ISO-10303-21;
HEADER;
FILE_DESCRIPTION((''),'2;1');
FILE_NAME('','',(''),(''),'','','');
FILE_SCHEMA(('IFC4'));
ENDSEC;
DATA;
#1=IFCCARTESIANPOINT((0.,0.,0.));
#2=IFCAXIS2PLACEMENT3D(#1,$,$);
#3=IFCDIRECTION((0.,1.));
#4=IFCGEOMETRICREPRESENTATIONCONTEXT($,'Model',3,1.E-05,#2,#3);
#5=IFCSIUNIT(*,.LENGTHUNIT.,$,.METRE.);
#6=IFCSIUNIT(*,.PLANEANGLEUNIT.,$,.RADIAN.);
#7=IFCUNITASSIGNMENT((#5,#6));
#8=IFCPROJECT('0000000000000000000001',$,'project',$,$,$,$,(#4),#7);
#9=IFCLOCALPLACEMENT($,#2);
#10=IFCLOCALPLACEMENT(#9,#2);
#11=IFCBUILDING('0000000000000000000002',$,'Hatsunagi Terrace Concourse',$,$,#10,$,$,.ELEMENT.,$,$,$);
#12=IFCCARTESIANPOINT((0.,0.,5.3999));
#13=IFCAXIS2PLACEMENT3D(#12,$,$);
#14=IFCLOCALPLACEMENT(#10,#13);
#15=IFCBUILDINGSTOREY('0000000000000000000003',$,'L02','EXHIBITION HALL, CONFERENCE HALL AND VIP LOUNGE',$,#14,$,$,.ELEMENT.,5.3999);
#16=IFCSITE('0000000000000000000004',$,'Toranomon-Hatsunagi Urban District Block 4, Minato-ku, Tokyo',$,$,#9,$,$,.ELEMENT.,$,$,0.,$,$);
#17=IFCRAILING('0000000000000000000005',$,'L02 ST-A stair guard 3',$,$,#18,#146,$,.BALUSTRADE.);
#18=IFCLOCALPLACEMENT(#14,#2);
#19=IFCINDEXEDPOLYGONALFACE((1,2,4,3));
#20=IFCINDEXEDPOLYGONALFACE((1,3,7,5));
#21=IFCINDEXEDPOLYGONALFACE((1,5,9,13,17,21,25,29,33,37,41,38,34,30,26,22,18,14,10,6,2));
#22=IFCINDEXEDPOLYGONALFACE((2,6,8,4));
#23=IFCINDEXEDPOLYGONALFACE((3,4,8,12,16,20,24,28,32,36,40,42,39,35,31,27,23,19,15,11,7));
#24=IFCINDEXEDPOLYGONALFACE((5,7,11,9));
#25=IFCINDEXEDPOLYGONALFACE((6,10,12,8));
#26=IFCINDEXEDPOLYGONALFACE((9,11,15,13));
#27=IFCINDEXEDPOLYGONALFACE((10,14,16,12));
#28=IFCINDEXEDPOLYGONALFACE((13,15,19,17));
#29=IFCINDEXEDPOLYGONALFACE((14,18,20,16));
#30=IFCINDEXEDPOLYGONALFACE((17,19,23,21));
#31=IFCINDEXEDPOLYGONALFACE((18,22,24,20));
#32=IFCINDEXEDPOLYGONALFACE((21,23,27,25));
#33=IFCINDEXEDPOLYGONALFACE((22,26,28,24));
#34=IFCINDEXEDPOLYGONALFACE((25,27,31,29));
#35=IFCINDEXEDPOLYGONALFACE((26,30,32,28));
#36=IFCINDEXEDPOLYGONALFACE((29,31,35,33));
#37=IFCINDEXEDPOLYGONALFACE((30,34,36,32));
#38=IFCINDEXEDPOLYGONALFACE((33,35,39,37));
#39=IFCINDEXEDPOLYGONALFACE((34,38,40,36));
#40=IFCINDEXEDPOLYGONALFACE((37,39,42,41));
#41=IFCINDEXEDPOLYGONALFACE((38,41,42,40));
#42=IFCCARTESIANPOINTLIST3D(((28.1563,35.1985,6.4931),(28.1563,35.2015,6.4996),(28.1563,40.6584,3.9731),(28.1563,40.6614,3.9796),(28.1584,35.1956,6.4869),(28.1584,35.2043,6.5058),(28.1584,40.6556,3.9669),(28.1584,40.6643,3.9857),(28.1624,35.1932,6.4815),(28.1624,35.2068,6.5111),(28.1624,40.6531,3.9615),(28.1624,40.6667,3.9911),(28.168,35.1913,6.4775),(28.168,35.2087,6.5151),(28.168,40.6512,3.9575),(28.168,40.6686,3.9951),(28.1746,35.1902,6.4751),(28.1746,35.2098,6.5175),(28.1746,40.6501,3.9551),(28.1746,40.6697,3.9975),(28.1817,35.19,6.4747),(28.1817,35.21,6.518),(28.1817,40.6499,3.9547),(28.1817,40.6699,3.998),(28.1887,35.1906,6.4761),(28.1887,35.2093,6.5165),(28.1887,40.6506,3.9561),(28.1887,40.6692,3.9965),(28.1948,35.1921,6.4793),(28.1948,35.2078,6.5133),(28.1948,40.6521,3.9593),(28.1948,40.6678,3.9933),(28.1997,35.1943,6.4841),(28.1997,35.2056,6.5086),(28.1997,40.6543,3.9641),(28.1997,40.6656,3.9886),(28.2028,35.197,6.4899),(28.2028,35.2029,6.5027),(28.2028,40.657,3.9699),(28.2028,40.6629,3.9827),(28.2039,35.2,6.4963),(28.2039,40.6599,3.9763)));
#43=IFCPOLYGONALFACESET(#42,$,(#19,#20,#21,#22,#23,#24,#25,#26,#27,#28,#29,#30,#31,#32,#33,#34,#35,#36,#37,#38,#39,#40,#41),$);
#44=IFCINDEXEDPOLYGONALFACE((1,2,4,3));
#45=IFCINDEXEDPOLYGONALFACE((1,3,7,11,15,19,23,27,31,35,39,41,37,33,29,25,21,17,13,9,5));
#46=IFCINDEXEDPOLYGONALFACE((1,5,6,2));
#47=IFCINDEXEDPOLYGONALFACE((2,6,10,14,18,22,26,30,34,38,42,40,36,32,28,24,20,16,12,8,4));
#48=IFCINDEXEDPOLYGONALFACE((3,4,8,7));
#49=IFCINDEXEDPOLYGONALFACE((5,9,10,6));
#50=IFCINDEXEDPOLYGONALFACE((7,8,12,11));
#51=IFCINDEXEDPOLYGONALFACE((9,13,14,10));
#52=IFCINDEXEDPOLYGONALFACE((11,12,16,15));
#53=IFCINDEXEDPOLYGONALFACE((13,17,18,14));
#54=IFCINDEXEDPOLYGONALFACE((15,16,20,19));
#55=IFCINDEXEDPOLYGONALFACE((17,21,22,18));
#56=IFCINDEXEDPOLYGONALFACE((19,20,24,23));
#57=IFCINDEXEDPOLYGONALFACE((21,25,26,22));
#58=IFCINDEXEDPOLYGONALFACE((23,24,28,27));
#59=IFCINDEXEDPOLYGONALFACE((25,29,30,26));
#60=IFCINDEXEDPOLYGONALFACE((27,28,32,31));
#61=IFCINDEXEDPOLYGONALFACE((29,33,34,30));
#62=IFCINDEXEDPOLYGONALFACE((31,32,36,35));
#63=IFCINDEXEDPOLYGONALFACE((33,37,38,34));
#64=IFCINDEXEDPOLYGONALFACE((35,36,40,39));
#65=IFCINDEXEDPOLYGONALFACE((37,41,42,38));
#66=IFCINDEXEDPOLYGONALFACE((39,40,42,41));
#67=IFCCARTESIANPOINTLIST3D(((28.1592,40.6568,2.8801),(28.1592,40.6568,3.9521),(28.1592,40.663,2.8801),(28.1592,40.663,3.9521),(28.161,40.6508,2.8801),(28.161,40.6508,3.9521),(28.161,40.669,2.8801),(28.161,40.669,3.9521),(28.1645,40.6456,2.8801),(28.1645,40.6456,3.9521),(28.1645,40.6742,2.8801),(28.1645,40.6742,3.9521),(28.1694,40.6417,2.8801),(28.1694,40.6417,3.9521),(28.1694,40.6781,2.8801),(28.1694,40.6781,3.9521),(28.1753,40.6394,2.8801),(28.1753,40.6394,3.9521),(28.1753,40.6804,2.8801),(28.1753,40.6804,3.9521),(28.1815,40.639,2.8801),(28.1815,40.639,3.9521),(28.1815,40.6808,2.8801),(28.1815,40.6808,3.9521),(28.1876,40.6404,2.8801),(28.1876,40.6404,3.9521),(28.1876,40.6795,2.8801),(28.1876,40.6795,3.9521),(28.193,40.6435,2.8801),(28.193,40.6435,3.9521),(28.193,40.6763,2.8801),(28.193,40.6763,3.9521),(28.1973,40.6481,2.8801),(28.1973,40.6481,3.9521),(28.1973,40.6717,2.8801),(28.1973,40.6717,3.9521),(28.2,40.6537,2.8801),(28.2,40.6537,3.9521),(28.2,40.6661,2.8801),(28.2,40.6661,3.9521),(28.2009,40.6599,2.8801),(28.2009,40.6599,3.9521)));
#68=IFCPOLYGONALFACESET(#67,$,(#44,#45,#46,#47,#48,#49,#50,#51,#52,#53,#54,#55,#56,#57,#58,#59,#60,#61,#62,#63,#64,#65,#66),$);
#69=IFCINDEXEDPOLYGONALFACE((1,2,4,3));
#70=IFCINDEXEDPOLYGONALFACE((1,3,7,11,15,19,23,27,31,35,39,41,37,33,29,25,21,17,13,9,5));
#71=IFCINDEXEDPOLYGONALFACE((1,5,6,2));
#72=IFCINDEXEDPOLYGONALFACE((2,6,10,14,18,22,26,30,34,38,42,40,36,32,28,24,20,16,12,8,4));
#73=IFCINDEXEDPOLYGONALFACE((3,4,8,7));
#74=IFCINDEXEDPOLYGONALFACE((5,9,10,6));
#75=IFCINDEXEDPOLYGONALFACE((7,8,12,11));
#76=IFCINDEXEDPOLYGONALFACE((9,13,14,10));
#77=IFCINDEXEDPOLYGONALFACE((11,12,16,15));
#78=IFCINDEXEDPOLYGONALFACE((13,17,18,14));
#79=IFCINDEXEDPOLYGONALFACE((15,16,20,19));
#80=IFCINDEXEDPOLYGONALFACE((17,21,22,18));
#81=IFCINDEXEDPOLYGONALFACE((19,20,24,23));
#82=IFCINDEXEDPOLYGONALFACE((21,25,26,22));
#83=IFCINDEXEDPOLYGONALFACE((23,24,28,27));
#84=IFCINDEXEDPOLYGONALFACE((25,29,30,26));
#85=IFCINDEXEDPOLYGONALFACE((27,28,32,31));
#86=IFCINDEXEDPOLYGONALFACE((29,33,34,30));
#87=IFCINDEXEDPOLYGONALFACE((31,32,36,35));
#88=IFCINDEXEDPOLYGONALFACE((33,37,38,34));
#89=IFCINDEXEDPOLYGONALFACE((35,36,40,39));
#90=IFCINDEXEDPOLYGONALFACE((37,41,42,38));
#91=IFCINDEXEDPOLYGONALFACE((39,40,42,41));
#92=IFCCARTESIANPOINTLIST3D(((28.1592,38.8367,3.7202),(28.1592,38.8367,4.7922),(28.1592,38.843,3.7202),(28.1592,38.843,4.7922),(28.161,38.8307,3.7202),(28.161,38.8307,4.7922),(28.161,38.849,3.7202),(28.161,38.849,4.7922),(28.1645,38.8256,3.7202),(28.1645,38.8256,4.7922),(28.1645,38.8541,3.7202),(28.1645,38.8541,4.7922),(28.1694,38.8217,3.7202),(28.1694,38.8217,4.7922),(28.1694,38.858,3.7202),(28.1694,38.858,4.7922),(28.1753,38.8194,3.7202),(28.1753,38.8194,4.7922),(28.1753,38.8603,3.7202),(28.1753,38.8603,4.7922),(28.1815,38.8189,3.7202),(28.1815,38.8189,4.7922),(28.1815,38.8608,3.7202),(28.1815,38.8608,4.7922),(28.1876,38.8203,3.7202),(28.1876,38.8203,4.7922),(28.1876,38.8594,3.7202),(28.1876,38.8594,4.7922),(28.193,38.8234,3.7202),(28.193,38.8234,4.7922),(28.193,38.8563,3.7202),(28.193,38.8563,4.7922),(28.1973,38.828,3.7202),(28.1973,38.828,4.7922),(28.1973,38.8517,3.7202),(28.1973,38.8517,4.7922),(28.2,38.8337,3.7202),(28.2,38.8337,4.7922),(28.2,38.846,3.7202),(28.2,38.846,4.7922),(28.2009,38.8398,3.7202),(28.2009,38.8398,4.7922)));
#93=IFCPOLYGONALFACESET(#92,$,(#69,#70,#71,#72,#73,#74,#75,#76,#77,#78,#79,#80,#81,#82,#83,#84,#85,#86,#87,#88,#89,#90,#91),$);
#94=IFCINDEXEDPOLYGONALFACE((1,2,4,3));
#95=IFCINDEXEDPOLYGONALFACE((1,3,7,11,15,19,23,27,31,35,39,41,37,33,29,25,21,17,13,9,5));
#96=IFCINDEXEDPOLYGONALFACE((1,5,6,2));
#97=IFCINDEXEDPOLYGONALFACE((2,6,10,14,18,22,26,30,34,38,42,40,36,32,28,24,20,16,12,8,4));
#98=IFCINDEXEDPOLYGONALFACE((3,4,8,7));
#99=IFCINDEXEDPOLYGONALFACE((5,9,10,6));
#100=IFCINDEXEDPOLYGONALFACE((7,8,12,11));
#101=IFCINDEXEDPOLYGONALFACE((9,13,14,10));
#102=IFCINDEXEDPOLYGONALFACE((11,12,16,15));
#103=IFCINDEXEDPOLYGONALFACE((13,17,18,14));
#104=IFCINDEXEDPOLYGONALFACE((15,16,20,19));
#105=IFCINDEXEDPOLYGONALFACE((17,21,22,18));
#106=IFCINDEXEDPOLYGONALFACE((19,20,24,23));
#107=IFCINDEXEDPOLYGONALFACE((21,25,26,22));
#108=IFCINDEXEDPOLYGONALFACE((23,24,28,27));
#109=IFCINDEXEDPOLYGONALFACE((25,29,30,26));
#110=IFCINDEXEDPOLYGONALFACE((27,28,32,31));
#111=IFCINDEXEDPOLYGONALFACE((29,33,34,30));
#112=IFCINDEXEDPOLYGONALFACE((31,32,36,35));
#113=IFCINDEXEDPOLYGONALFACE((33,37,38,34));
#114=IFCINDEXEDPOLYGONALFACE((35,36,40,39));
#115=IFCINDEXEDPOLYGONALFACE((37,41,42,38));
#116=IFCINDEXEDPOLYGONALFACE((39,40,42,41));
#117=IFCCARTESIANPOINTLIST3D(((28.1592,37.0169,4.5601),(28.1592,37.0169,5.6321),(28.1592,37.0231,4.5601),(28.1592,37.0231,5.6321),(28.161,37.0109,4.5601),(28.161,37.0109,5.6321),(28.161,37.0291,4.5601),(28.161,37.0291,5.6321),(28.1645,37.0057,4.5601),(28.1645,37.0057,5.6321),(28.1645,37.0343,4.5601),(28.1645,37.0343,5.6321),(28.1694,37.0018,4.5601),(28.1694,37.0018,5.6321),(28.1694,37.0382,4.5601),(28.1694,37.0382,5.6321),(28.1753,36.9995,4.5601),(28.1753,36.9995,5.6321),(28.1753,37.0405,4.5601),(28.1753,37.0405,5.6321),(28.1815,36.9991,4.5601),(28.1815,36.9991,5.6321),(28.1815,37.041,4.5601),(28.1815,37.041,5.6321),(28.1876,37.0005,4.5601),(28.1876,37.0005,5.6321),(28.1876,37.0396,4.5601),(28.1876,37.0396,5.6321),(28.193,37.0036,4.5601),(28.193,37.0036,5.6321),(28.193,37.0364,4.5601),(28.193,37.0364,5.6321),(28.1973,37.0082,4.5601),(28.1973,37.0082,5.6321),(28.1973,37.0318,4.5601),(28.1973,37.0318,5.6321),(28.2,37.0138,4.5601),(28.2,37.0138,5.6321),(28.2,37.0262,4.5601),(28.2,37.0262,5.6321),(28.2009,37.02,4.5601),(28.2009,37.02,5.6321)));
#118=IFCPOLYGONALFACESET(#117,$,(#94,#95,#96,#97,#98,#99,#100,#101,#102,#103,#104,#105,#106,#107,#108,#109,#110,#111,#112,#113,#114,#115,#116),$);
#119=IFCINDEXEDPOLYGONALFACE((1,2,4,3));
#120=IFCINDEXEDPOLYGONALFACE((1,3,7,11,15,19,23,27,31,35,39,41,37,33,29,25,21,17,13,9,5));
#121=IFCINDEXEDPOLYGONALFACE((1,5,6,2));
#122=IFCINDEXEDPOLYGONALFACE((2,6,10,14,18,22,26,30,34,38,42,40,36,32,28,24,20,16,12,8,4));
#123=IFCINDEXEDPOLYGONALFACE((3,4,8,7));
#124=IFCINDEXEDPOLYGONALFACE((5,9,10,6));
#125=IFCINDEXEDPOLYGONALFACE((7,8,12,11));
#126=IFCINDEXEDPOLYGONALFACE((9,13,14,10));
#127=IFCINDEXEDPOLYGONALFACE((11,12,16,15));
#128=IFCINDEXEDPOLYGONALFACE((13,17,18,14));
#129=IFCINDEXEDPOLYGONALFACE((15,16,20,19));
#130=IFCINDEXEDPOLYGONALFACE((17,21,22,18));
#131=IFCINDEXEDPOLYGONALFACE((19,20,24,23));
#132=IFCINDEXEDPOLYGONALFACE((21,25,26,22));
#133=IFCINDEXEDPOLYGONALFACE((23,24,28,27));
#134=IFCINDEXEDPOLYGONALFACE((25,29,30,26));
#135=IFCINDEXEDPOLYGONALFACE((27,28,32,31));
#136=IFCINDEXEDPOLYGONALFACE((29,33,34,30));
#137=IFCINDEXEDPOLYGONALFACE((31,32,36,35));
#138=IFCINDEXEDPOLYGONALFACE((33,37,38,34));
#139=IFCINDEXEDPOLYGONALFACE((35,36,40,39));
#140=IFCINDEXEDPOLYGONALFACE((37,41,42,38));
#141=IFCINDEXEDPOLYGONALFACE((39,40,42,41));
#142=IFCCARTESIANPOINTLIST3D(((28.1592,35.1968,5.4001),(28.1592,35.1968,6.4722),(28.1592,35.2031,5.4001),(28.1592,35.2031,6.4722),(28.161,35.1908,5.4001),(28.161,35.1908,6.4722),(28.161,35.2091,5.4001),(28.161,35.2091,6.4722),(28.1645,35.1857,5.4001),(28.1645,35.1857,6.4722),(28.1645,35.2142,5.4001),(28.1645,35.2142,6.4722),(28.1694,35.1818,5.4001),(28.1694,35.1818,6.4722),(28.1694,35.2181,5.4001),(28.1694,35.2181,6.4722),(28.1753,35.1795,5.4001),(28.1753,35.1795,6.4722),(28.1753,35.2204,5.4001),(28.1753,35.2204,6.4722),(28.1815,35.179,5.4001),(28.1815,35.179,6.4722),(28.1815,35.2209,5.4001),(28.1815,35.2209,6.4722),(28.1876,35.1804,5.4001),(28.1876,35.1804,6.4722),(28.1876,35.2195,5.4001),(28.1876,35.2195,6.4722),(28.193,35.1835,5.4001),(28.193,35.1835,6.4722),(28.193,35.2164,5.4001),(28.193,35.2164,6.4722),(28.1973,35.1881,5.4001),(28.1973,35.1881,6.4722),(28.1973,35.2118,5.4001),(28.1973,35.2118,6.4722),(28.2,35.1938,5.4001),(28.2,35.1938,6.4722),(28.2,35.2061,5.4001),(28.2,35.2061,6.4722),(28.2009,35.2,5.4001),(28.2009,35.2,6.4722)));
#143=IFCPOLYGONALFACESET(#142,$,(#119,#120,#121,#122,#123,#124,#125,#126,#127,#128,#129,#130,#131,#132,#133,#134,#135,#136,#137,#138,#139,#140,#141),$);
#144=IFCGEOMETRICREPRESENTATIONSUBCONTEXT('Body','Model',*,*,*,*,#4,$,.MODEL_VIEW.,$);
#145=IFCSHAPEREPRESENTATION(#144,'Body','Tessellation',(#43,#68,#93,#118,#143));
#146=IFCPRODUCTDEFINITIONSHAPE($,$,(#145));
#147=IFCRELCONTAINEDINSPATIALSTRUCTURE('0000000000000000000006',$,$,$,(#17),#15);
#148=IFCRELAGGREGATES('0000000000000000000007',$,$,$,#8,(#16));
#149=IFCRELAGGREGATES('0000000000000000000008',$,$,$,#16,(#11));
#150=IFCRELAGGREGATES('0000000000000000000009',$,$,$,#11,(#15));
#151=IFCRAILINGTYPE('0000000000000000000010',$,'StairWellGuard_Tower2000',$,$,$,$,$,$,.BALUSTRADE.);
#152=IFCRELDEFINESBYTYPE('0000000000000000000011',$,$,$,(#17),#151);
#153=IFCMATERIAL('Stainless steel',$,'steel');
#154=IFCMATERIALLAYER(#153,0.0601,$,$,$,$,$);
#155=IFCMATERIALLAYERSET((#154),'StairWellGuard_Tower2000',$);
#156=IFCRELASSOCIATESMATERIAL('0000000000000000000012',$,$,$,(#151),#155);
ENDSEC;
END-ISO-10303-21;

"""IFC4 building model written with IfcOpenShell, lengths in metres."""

from ifc_helpers import new_model, si_unit, direction, frame, origin, origin_2d, place, context, subcontext, project, spatial, circle, extrude, material, layer, layer_set, type_object, element, save


model = new_model("IFC4")

# Units and contexts
model_context = context("Model", 3, precision=1e-05, world=origin(), true_north=direction((0.0, 1.0)))
body_context = subcontext(model_context, "Body", "Model", "MODEL_VIEW")
ifc_project = project(units=[si_unit("LENGTHUNIT", "METRE"), si_unit("PLANEANGLEUNIT", "RADIAN")], contexts=[model_context])

# Site, building, storey
site_placement = place(None, origin())
site = spatial("IfcSite", under=ifc_project, at=site_placement, Name="Toranomon-Hatsunagi Urban District Block 4, Minato-ku, Tokyo", CompositionType="ELEMENT", RefElevation=0.0)
building_placement = place(site_placement, origin())
building = spatial("IfcBuilding", under=site, at=building_placement, Name="Hatsunagi Terrace Concourse", CompositionType="ELEMENT")
storey_placement = place(building_placement, frame((0.0, 0.0, 5.3999)))
storey = spatial("IfcBuildingStorey", under=building, at=storey_placement, Name="L02", Description="EXHIBITION HALL, CONFERENCE HALL AND VIP LOUNGE", CompositionType="ELEMENT", Elevation=5.3999)

# Railing
ifc_material_1 = material(Name="Stainless steel", Category="steel")
ifc_layer_1 = layer(ifc_material_1, 0.0601)
ifc_layer_set_1 = layer_set([ifc_layer_1], Name="StairWellGuard_Tower2000")
railing_type_1 = type_object("IfcRailingType", Name="StairWellGuard_Tower2000", PredefinedType="BALUSTRADE", material=ifc_layer_set_1)
railing_1_placement = place(storey_placement, frame((28.1799, 40.6599, 2.8801)))
element("IfcRailing", 1, at=railing_1_placement, inside=storey, type_object=railing_type_1, Name="L02 ST-A stair guard 3", PredefinedType="BALUSTRADE", context=body_context, shape_type="SweptSolid", body=[
    extrude(circle(Radius=0.0239, at=origin_2d()), frame((0.0, 0.0, 1.0962), z_axis=(0.0, -0.907957, 0.419063), x_axis=(1.0, 0.0, 0.0)), (0.0, 0.0, 1.0), 6.0134),
    extrude(circle(Radius=0.021, at=origin_2d()), origin(), (0.0, 0.0, 1.0), 1.072),
    extrude(circle(Radius=0.021, at=origin_2d()), frame((0.0, -1.8201, 0.8401)), (0.0, 0.0, 1.0), 1.072),
    extrude(circle(Radius=0.021, at=origin_2d()), frame((0.0, -3.6399, 1.6799)), (0.0, 0.0, 1.0), 1.072),
    extrude(circle(Radius=0.021, at=origin_2d()), frame((0.0, -5.46, 2.52)), (0.0, 0.0, 1.0), 1.072),
])

save(model, "model.ifc")
